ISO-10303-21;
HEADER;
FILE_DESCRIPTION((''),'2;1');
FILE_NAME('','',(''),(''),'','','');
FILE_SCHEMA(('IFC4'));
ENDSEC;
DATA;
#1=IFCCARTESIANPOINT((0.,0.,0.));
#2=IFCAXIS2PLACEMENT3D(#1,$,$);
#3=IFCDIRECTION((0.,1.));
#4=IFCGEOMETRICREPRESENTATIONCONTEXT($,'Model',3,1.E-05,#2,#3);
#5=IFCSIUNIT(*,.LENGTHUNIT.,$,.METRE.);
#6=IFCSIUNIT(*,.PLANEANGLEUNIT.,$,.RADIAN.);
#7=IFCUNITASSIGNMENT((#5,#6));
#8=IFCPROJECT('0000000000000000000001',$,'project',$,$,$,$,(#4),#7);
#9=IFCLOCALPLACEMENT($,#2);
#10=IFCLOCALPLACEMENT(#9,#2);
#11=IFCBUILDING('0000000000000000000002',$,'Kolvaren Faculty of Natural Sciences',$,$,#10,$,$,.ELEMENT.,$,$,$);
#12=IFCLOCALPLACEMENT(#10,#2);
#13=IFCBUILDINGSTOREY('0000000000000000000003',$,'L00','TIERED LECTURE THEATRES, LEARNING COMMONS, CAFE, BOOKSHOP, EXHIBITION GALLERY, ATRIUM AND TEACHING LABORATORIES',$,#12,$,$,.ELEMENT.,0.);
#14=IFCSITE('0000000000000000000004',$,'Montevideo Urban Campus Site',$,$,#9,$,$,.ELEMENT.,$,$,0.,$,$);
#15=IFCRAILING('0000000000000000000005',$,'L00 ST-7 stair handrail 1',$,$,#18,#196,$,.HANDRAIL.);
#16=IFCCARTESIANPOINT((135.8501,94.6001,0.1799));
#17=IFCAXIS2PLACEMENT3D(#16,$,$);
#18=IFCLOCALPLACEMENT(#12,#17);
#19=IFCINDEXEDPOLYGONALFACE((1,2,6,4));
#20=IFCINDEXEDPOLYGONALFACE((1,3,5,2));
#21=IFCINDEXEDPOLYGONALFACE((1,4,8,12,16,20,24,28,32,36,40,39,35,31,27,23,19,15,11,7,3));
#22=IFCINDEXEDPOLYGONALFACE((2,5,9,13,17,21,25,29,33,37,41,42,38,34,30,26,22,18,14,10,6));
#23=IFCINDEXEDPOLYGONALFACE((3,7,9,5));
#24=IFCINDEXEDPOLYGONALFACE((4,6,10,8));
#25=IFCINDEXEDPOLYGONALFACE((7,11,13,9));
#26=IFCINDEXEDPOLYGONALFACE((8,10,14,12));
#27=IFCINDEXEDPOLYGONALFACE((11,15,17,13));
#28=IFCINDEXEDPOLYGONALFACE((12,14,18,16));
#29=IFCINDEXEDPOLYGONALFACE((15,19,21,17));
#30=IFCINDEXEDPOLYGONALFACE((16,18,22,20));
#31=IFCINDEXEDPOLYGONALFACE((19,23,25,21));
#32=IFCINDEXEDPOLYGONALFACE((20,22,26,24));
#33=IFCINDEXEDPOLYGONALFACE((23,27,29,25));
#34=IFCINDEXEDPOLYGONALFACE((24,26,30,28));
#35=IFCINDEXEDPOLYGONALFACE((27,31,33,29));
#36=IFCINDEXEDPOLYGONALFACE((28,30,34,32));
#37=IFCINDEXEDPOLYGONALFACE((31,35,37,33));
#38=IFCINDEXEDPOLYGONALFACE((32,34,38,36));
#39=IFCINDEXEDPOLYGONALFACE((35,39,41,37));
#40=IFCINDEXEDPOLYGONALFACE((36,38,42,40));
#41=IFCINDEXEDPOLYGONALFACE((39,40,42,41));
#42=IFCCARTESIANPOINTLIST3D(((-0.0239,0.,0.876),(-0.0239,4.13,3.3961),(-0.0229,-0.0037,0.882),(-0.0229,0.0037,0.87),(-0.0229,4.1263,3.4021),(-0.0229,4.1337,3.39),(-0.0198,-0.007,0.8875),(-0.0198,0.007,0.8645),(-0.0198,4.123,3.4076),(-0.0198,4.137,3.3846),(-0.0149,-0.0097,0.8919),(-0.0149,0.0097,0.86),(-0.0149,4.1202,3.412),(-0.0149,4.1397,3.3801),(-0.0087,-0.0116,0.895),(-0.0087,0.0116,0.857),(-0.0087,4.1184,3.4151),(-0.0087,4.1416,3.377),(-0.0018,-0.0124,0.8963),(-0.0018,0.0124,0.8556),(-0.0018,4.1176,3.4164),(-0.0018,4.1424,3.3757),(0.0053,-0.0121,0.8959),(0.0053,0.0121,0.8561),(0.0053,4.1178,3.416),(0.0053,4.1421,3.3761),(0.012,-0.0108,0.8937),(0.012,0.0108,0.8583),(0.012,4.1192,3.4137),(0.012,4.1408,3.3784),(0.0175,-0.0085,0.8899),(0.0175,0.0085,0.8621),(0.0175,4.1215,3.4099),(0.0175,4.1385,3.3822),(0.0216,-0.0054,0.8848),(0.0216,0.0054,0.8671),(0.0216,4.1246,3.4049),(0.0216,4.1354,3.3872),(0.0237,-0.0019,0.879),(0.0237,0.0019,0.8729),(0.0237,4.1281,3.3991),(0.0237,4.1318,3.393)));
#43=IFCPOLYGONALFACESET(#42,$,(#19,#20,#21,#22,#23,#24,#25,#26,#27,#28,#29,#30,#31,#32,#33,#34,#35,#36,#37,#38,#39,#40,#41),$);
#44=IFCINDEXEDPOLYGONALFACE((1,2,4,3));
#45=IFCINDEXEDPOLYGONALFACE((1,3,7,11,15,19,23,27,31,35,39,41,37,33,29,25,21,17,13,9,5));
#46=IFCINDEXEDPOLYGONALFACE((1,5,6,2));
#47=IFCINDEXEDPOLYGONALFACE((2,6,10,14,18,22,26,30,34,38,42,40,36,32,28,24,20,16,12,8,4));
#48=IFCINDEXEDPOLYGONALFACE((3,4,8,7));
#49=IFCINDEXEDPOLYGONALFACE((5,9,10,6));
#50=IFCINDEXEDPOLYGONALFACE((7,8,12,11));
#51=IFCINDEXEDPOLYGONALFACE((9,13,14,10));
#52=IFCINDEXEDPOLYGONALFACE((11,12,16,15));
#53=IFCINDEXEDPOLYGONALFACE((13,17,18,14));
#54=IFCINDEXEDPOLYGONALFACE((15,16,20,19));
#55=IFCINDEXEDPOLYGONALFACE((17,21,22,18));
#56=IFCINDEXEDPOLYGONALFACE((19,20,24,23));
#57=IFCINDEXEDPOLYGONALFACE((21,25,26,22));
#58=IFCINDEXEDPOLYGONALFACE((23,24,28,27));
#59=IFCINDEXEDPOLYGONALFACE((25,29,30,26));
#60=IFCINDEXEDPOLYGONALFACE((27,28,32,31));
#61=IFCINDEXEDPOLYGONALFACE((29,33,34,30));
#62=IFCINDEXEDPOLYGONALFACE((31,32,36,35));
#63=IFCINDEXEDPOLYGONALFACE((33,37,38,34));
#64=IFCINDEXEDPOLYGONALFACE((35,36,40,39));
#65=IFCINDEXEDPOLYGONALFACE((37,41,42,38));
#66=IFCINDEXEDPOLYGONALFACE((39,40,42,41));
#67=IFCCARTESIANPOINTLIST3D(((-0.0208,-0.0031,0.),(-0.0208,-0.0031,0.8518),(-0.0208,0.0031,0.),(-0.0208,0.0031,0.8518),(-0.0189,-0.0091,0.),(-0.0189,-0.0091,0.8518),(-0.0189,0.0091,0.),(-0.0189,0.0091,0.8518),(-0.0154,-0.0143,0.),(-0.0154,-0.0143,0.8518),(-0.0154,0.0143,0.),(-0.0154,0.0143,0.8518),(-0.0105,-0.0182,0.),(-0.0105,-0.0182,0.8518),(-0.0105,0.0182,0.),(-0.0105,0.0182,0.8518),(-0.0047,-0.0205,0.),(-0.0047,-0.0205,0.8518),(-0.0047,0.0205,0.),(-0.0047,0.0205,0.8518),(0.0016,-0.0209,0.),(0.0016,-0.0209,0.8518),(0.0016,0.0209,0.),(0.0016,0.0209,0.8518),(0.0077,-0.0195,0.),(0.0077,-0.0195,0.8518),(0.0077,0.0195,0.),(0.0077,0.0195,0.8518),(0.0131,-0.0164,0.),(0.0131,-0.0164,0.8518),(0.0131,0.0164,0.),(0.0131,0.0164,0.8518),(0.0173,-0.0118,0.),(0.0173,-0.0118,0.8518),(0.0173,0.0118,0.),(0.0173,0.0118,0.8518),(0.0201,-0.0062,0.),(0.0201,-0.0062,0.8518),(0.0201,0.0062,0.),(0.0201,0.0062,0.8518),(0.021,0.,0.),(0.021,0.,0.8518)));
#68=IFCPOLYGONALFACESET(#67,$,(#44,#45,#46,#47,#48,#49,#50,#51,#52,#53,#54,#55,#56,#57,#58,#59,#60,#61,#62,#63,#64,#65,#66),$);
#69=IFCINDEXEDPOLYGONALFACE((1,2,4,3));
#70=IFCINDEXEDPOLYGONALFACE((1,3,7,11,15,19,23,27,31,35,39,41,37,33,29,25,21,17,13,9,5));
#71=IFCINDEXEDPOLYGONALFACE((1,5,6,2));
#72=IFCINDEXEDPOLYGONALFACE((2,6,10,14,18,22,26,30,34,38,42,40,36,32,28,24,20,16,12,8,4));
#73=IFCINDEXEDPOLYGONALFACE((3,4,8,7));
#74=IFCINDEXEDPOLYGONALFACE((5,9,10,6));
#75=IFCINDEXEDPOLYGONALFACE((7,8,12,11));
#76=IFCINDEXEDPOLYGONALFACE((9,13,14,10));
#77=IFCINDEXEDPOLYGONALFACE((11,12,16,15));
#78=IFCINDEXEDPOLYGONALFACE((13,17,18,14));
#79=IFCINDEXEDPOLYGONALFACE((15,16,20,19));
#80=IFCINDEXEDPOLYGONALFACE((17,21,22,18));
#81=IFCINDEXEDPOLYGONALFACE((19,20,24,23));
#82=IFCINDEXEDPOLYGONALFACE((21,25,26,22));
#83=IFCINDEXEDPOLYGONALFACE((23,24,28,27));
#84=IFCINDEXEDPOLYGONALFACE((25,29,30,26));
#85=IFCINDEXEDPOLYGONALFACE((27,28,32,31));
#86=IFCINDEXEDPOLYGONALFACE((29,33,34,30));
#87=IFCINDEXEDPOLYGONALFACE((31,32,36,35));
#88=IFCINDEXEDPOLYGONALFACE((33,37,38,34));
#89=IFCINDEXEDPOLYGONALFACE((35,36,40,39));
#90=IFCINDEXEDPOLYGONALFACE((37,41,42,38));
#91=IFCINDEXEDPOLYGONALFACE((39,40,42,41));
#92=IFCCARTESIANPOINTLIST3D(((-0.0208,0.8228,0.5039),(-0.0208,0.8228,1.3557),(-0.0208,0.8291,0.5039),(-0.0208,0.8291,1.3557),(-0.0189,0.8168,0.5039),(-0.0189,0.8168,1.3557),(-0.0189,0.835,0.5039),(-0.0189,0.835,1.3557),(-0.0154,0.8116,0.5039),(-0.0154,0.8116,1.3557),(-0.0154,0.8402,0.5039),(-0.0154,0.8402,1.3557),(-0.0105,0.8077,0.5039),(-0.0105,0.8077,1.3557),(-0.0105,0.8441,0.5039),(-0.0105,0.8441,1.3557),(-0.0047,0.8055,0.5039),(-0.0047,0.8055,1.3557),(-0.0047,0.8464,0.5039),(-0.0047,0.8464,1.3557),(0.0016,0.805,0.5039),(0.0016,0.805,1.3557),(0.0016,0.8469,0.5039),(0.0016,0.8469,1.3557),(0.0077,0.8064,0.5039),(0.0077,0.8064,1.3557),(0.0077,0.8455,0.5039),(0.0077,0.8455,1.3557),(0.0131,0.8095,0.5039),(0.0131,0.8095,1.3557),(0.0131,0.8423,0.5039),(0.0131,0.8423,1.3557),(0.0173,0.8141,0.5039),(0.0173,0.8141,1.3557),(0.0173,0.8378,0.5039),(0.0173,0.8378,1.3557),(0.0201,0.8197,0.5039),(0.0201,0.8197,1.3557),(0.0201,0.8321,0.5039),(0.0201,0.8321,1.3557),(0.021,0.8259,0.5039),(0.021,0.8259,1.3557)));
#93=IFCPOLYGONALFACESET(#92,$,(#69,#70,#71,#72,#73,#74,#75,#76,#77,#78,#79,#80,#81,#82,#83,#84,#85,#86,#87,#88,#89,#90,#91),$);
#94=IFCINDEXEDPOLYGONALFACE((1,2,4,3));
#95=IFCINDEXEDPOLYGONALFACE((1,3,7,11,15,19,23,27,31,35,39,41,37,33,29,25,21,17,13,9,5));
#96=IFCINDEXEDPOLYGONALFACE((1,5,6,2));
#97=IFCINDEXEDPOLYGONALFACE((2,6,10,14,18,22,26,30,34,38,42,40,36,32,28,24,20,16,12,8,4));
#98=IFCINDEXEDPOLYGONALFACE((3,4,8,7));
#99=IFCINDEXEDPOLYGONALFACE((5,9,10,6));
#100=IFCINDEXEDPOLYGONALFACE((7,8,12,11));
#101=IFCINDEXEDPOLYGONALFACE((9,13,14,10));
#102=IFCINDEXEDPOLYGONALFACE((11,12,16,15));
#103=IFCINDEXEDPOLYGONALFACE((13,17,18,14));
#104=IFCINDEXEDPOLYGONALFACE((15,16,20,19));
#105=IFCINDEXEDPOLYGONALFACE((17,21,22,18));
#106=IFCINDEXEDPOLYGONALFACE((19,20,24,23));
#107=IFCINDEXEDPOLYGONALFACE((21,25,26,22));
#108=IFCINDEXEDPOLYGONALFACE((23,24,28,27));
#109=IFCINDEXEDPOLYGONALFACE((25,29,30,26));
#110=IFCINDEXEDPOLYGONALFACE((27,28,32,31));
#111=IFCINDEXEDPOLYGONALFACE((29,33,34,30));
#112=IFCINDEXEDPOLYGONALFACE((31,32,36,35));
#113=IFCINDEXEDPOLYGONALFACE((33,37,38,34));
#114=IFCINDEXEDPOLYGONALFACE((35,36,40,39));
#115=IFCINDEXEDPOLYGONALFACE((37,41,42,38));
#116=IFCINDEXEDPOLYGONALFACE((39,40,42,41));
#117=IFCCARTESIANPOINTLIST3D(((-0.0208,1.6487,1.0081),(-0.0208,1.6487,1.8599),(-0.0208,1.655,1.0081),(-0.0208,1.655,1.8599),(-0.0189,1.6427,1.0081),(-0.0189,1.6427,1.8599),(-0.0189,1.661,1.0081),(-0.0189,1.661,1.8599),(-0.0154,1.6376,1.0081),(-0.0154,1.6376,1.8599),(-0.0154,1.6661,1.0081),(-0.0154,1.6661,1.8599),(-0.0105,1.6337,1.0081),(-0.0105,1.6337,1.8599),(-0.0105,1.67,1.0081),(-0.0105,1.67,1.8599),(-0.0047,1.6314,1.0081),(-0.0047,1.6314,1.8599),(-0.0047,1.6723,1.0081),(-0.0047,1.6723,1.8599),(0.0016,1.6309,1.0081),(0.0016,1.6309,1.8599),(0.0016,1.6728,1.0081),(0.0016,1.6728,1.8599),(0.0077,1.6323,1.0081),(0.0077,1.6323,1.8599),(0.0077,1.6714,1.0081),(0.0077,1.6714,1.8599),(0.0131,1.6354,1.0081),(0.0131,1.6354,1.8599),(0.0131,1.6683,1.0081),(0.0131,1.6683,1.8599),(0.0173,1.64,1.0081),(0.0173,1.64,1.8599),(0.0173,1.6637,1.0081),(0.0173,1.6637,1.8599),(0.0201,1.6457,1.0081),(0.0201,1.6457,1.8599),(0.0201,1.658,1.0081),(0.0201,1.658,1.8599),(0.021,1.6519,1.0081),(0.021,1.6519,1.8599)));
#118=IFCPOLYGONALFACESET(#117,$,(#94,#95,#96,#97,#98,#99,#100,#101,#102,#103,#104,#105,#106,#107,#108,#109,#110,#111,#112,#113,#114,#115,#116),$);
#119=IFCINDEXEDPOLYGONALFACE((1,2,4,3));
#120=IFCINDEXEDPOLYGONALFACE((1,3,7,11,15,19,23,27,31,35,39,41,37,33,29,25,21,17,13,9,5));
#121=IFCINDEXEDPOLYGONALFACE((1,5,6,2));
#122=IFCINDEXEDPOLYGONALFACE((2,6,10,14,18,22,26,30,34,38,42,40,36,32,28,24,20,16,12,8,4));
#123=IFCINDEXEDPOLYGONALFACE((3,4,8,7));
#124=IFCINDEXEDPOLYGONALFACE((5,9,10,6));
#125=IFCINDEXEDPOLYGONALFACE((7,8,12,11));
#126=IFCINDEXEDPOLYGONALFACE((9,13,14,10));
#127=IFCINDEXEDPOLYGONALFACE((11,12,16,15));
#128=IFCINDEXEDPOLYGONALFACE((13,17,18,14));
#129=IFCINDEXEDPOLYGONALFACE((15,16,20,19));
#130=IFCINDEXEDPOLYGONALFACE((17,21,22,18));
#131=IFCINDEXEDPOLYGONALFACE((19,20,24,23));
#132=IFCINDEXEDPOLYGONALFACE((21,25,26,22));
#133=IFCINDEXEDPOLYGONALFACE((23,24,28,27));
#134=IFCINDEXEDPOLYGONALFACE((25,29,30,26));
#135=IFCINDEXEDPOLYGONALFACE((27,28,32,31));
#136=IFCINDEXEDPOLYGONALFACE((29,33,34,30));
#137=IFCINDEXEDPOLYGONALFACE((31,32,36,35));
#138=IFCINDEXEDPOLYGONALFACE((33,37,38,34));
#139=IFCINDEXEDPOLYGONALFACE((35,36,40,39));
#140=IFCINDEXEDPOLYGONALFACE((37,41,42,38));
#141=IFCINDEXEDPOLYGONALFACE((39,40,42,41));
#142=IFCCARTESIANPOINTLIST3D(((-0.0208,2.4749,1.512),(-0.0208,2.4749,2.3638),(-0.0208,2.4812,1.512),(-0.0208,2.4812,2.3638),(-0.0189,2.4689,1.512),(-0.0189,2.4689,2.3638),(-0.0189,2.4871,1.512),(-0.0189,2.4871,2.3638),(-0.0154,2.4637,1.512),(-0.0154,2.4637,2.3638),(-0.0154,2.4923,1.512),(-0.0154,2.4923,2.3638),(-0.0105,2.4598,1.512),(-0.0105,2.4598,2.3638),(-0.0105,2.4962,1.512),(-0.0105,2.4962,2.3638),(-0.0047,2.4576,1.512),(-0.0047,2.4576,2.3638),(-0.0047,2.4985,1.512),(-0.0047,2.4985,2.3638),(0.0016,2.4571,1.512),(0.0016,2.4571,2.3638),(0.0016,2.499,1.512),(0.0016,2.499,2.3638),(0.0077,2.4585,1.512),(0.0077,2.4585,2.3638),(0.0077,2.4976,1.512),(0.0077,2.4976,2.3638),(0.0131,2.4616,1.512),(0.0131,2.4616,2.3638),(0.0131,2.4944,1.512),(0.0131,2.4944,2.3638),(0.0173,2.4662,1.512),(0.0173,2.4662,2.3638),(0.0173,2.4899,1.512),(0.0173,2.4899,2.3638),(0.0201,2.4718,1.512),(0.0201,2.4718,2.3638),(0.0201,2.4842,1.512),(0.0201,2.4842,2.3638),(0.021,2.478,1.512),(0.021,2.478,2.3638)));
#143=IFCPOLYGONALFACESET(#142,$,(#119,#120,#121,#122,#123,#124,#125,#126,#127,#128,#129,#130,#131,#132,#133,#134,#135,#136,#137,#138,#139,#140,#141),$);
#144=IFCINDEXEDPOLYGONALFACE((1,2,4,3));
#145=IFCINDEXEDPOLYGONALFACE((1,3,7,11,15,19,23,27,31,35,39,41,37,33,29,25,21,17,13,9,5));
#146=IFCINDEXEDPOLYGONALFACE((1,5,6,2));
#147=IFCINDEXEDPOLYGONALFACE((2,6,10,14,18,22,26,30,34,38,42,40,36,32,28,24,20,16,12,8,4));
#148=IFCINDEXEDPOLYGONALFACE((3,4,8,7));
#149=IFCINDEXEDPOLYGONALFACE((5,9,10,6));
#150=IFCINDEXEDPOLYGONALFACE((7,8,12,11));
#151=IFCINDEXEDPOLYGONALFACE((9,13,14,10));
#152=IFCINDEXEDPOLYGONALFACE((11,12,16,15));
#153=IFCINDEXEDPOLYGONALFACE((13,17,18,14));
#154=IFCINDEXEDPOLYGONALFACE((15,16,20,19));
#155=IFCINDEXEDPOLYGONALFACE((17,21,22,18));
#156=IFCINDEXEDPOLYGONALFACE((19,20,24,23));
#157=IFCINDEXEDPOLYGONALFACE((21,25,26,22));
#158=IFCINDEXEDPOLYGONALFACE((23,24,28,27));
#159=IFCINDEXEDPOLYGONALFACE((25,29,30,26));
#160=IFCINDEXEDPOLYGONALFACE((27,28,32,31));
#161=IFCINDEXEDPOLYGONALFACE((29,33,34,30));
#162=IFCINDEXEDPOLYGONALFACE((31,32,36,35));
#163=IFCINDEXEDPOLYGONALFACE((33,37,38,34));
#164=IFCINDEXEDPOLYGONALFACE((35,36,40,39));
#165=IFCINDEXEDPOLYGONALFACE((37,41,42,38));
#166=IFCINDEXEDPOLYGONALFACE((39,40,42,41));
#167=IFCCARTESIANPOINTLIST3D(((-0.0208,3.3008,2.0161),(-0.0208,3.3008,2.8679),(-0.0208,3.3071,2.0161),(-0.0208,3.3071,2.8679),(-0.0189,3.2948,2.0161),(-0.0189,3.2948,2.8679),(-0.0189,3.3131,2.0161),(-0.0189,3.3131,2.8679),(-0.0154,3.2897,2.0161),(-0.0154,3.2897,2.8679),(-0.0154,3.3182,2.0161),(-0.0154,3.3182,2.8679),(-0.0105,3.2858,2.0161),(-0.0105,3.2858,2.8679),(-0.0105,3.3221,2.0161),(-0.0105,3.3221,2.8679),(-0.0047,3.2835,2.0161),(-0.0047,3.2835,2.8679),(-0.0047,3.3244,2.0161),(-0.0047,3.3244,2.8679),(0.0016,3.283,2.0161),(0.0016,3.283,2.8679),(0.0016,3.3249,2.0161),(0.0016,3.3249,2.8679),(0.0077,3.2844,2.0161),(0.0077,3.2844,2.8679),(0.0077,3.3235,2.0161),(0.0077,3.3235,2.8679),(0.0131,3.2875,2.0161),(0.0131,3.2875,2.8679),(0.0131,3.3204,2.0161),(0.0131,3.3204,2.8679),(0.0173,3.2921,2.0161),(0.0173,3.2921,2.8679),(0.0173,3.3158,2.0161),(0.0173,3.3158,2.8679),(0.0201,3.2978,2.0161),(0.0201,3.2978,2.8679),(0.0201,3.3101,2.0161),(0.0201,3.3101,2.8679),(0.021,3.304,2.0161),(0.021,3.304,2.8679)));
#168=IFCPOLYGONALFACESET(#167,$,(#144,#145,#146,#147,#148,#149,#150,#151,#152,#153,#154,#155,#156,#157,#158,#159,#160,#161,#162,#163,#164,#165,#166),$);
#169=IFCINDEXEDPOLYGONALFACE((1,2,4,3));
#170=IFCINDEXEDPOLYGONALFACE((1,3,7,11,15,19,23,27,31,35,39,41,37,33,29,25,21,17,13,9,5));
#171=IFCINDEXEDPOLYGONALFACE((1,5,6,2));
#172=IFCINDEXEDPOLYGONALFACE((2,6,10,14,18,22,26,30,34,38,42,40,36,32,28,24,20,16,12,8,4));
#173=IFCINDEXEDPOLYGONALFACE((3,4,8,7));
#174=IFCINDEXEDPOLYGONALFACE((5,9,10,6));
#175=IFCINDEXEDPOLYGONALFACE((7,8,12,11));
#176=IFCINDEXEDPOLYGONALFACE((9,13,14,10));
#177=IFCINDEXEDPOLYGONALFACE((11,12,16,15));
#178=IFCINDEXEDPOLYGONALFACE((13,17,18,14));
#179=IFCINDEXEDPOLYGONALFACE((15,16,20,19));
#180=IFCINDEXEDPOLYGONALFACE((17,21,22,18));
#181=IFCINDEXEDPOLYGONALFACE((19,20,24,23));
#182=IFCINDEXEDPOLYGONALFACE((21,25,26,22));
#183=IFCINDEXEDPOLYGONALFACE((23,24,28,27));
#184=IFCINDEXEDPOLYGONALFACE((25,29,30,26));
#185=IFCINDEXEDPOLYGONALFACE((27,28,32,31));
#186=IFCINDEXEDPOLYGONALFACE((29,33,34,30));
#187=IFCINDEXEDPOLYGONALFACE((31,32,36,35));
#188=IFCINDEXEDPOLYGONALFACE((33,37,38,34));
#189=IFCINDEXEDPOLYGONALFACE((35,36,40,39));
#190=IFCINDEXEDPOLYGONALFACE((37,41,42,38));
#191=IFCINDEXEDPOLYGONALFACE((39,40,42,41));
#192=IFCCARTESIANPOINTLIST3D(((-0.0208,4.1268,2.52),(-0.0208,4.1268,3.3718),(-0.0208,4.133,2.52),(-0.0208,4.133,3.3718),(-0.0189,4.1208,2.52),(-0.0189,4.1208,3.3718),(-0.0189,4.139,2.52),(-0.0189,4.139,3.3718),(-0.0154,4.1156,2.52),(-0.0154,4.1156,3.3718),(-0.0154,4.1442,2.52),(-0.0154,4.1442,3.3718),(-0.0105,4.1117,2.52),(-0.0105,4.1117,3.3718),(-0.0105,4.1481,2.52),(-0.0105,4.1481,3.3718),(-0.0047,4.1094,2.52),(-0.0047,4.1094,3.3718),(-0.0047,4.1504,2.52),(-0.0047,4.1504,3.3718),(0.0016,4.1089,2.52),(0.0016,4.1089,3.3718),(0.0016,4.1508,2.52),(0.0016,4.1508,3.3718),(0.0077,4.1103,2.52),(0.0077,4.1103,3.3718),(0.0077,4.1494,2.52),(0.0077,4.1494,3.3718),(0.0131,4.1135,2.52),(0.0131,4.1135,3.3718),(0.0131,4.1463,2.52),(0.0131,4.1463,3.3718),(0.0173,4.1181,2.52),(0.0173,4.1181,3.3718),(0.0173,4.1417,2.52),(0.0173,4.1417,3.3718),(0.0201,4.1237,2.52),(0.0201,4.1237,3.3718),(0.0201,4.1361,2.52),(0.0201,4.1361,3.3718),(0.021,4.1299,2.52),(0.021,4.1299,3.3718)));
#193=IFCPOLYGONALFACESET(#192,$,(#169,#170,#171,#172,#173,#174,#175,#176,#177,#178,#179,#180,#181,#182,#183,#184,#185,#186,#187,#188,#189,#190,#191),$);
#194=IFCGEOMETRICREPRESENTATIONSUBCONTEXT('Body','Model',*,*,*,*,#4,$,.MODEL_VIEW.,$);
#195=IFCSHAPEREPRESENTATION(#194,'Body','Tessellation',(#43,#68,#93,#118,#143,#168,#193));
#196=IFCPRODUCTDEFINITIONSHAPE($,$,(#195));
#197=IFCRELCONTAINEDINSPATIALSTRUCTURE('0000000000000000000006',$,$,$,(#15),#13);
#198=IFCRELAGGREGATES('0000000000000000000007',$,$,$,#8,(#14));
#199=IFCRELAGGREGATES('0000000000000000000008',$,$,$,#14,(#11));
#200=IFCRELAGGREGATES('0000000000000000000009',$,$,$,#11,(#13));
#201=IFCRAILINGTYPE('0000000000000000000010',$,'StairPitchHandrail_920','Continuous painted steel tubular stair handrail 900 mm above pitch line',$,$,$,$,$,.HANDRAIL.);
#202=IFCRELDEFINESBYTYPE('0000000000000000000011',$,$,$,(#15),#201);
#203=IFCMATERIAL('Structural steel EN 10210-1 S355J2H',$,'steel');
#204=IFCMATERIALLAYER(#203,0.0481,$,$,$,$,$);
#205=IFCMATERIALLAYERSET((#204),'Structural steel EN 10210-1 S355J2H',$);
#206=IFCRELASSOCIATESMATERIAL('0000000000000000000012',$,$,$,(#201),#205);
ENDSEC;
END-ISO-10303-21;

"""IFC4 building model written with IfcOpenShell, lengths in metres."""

from ifc_helpers import new_model, si_unit, direction, frame, origin, origin_2d, place, context, subcontext, project, spatial, circle, extrude, material, layer, layer_set, type_object, element, save


model = new_model("IFC4")

# Units and contexts
model_context = context("Model", 3, precision=1e-05, world=origin(), true_north=direction((0.0, 1.0)))
body_context = subcontext(model_context, "Body", "Model", "MODEL_VIEW")
ifc_project = project(units=[si_unit("LENGTHUNIT", "METRE"), si_unit("PLANEANGLEUNIT", "RADIAN")], contexts=[model_context])

# Site, building, storey
site_placement = place(None, origin())
site = spatial("IfcSite", under=ifc_project, at=site_placement, Name="Montevideo Urban Campus Site", CompositionType="ELEMENT", RefElevation=0.0)
building_placement = place(site_placement, origin())
building = spatial("IfcBuilding", under=site, at=building_placement, Name="Kolvaren Faculty of Natural Sciences", CompositionType="ELEMENT")
storey_placement = place(building_placement, origin())
storey = spatial("IfcBuildingStorey", under=building, at=storey_placement, Name="L00", Description="TIERED LECTURE THEATRES, LEARNING COMMONS, CAFE, BOOKSHOP, EXHIBITION GALLERY, ATRIUM AND TEACHING LABORATORIES", CompositionType="ELEMENT", Elevation=0.0)

# Railing
ifc_material_1 = material(Name="Structural steel EN 10210-1 S355J2H", Category="steel")
ifc_layer_1 = layer(ifc_material_1, 0.0481)
ifc_layer_set_1 = layer_set([ifc_layer_1], Name="Structural steel EN 10210-1 S355J2H")
railing_type_1 = type_object("IfcRailingType", Name="StairPitchHandrail_920", Description="Continuous painted steel tubular stair handrail 900 mm above pitch line", PredefinedType="HANDRAIL", material=ifc_layer_set_1)
railing_1_placement = place(storey_placement, frame((135.8501, 94.6001, 0.1799)))
element("IfcRailing", 1, at=railing_1_placement, inside=storey, type_object=railing_type_1, Name="L00 ST-7 stair handrail 1", PredefinedType="HANDRAIL", context=body_context, shape_type="SweptSolid", body=[
    extrude(circle(Radius=0.0239, at=origin_2d()), frame((0.0, 0.0, 0.876), z_axis=(0.0, 0.853631, 0.520878), x_axis=(-1.0, 0.0, 0.0)), (0.0, 0.0, 1.0), 4.8381),
    extrude(circle(Radius=0.021, at=origin_2d()), origin(), (0.0, 0.0, 1.0), 0.8518),
    extrude(circle(Radius=0.021, at=origin_2d()), frame((0.0, 0.8259, 0.5039)), (0.0, 0.0, 1.0), 0.8518),
    extrude(circle(Radius=0.021, at=origin_2d()), frame((0.0, 1.6519, 1.0081)), (0.0, 0.0, 1.0), 0.8518),
    extrude(circle(Radius=0.021, at=origin_2d()), frame((0.0, 2.478, 1.512)), (0.0, 0.0, 1.0), 0.8518),
    extrude(circle(Radius=0.021, at=origin_2d()), frame((0.0, 3.304, 2.0161)), (0.0, 0.0, 1.0), 0.8518),
    extrude(circle(Radius=0.021, at=origin_2d()), frame((0.0, 4.1299, 2.52)), (0.0, 0.0, 1.0), 0.8518),
])

save(model, "model.ifc")
